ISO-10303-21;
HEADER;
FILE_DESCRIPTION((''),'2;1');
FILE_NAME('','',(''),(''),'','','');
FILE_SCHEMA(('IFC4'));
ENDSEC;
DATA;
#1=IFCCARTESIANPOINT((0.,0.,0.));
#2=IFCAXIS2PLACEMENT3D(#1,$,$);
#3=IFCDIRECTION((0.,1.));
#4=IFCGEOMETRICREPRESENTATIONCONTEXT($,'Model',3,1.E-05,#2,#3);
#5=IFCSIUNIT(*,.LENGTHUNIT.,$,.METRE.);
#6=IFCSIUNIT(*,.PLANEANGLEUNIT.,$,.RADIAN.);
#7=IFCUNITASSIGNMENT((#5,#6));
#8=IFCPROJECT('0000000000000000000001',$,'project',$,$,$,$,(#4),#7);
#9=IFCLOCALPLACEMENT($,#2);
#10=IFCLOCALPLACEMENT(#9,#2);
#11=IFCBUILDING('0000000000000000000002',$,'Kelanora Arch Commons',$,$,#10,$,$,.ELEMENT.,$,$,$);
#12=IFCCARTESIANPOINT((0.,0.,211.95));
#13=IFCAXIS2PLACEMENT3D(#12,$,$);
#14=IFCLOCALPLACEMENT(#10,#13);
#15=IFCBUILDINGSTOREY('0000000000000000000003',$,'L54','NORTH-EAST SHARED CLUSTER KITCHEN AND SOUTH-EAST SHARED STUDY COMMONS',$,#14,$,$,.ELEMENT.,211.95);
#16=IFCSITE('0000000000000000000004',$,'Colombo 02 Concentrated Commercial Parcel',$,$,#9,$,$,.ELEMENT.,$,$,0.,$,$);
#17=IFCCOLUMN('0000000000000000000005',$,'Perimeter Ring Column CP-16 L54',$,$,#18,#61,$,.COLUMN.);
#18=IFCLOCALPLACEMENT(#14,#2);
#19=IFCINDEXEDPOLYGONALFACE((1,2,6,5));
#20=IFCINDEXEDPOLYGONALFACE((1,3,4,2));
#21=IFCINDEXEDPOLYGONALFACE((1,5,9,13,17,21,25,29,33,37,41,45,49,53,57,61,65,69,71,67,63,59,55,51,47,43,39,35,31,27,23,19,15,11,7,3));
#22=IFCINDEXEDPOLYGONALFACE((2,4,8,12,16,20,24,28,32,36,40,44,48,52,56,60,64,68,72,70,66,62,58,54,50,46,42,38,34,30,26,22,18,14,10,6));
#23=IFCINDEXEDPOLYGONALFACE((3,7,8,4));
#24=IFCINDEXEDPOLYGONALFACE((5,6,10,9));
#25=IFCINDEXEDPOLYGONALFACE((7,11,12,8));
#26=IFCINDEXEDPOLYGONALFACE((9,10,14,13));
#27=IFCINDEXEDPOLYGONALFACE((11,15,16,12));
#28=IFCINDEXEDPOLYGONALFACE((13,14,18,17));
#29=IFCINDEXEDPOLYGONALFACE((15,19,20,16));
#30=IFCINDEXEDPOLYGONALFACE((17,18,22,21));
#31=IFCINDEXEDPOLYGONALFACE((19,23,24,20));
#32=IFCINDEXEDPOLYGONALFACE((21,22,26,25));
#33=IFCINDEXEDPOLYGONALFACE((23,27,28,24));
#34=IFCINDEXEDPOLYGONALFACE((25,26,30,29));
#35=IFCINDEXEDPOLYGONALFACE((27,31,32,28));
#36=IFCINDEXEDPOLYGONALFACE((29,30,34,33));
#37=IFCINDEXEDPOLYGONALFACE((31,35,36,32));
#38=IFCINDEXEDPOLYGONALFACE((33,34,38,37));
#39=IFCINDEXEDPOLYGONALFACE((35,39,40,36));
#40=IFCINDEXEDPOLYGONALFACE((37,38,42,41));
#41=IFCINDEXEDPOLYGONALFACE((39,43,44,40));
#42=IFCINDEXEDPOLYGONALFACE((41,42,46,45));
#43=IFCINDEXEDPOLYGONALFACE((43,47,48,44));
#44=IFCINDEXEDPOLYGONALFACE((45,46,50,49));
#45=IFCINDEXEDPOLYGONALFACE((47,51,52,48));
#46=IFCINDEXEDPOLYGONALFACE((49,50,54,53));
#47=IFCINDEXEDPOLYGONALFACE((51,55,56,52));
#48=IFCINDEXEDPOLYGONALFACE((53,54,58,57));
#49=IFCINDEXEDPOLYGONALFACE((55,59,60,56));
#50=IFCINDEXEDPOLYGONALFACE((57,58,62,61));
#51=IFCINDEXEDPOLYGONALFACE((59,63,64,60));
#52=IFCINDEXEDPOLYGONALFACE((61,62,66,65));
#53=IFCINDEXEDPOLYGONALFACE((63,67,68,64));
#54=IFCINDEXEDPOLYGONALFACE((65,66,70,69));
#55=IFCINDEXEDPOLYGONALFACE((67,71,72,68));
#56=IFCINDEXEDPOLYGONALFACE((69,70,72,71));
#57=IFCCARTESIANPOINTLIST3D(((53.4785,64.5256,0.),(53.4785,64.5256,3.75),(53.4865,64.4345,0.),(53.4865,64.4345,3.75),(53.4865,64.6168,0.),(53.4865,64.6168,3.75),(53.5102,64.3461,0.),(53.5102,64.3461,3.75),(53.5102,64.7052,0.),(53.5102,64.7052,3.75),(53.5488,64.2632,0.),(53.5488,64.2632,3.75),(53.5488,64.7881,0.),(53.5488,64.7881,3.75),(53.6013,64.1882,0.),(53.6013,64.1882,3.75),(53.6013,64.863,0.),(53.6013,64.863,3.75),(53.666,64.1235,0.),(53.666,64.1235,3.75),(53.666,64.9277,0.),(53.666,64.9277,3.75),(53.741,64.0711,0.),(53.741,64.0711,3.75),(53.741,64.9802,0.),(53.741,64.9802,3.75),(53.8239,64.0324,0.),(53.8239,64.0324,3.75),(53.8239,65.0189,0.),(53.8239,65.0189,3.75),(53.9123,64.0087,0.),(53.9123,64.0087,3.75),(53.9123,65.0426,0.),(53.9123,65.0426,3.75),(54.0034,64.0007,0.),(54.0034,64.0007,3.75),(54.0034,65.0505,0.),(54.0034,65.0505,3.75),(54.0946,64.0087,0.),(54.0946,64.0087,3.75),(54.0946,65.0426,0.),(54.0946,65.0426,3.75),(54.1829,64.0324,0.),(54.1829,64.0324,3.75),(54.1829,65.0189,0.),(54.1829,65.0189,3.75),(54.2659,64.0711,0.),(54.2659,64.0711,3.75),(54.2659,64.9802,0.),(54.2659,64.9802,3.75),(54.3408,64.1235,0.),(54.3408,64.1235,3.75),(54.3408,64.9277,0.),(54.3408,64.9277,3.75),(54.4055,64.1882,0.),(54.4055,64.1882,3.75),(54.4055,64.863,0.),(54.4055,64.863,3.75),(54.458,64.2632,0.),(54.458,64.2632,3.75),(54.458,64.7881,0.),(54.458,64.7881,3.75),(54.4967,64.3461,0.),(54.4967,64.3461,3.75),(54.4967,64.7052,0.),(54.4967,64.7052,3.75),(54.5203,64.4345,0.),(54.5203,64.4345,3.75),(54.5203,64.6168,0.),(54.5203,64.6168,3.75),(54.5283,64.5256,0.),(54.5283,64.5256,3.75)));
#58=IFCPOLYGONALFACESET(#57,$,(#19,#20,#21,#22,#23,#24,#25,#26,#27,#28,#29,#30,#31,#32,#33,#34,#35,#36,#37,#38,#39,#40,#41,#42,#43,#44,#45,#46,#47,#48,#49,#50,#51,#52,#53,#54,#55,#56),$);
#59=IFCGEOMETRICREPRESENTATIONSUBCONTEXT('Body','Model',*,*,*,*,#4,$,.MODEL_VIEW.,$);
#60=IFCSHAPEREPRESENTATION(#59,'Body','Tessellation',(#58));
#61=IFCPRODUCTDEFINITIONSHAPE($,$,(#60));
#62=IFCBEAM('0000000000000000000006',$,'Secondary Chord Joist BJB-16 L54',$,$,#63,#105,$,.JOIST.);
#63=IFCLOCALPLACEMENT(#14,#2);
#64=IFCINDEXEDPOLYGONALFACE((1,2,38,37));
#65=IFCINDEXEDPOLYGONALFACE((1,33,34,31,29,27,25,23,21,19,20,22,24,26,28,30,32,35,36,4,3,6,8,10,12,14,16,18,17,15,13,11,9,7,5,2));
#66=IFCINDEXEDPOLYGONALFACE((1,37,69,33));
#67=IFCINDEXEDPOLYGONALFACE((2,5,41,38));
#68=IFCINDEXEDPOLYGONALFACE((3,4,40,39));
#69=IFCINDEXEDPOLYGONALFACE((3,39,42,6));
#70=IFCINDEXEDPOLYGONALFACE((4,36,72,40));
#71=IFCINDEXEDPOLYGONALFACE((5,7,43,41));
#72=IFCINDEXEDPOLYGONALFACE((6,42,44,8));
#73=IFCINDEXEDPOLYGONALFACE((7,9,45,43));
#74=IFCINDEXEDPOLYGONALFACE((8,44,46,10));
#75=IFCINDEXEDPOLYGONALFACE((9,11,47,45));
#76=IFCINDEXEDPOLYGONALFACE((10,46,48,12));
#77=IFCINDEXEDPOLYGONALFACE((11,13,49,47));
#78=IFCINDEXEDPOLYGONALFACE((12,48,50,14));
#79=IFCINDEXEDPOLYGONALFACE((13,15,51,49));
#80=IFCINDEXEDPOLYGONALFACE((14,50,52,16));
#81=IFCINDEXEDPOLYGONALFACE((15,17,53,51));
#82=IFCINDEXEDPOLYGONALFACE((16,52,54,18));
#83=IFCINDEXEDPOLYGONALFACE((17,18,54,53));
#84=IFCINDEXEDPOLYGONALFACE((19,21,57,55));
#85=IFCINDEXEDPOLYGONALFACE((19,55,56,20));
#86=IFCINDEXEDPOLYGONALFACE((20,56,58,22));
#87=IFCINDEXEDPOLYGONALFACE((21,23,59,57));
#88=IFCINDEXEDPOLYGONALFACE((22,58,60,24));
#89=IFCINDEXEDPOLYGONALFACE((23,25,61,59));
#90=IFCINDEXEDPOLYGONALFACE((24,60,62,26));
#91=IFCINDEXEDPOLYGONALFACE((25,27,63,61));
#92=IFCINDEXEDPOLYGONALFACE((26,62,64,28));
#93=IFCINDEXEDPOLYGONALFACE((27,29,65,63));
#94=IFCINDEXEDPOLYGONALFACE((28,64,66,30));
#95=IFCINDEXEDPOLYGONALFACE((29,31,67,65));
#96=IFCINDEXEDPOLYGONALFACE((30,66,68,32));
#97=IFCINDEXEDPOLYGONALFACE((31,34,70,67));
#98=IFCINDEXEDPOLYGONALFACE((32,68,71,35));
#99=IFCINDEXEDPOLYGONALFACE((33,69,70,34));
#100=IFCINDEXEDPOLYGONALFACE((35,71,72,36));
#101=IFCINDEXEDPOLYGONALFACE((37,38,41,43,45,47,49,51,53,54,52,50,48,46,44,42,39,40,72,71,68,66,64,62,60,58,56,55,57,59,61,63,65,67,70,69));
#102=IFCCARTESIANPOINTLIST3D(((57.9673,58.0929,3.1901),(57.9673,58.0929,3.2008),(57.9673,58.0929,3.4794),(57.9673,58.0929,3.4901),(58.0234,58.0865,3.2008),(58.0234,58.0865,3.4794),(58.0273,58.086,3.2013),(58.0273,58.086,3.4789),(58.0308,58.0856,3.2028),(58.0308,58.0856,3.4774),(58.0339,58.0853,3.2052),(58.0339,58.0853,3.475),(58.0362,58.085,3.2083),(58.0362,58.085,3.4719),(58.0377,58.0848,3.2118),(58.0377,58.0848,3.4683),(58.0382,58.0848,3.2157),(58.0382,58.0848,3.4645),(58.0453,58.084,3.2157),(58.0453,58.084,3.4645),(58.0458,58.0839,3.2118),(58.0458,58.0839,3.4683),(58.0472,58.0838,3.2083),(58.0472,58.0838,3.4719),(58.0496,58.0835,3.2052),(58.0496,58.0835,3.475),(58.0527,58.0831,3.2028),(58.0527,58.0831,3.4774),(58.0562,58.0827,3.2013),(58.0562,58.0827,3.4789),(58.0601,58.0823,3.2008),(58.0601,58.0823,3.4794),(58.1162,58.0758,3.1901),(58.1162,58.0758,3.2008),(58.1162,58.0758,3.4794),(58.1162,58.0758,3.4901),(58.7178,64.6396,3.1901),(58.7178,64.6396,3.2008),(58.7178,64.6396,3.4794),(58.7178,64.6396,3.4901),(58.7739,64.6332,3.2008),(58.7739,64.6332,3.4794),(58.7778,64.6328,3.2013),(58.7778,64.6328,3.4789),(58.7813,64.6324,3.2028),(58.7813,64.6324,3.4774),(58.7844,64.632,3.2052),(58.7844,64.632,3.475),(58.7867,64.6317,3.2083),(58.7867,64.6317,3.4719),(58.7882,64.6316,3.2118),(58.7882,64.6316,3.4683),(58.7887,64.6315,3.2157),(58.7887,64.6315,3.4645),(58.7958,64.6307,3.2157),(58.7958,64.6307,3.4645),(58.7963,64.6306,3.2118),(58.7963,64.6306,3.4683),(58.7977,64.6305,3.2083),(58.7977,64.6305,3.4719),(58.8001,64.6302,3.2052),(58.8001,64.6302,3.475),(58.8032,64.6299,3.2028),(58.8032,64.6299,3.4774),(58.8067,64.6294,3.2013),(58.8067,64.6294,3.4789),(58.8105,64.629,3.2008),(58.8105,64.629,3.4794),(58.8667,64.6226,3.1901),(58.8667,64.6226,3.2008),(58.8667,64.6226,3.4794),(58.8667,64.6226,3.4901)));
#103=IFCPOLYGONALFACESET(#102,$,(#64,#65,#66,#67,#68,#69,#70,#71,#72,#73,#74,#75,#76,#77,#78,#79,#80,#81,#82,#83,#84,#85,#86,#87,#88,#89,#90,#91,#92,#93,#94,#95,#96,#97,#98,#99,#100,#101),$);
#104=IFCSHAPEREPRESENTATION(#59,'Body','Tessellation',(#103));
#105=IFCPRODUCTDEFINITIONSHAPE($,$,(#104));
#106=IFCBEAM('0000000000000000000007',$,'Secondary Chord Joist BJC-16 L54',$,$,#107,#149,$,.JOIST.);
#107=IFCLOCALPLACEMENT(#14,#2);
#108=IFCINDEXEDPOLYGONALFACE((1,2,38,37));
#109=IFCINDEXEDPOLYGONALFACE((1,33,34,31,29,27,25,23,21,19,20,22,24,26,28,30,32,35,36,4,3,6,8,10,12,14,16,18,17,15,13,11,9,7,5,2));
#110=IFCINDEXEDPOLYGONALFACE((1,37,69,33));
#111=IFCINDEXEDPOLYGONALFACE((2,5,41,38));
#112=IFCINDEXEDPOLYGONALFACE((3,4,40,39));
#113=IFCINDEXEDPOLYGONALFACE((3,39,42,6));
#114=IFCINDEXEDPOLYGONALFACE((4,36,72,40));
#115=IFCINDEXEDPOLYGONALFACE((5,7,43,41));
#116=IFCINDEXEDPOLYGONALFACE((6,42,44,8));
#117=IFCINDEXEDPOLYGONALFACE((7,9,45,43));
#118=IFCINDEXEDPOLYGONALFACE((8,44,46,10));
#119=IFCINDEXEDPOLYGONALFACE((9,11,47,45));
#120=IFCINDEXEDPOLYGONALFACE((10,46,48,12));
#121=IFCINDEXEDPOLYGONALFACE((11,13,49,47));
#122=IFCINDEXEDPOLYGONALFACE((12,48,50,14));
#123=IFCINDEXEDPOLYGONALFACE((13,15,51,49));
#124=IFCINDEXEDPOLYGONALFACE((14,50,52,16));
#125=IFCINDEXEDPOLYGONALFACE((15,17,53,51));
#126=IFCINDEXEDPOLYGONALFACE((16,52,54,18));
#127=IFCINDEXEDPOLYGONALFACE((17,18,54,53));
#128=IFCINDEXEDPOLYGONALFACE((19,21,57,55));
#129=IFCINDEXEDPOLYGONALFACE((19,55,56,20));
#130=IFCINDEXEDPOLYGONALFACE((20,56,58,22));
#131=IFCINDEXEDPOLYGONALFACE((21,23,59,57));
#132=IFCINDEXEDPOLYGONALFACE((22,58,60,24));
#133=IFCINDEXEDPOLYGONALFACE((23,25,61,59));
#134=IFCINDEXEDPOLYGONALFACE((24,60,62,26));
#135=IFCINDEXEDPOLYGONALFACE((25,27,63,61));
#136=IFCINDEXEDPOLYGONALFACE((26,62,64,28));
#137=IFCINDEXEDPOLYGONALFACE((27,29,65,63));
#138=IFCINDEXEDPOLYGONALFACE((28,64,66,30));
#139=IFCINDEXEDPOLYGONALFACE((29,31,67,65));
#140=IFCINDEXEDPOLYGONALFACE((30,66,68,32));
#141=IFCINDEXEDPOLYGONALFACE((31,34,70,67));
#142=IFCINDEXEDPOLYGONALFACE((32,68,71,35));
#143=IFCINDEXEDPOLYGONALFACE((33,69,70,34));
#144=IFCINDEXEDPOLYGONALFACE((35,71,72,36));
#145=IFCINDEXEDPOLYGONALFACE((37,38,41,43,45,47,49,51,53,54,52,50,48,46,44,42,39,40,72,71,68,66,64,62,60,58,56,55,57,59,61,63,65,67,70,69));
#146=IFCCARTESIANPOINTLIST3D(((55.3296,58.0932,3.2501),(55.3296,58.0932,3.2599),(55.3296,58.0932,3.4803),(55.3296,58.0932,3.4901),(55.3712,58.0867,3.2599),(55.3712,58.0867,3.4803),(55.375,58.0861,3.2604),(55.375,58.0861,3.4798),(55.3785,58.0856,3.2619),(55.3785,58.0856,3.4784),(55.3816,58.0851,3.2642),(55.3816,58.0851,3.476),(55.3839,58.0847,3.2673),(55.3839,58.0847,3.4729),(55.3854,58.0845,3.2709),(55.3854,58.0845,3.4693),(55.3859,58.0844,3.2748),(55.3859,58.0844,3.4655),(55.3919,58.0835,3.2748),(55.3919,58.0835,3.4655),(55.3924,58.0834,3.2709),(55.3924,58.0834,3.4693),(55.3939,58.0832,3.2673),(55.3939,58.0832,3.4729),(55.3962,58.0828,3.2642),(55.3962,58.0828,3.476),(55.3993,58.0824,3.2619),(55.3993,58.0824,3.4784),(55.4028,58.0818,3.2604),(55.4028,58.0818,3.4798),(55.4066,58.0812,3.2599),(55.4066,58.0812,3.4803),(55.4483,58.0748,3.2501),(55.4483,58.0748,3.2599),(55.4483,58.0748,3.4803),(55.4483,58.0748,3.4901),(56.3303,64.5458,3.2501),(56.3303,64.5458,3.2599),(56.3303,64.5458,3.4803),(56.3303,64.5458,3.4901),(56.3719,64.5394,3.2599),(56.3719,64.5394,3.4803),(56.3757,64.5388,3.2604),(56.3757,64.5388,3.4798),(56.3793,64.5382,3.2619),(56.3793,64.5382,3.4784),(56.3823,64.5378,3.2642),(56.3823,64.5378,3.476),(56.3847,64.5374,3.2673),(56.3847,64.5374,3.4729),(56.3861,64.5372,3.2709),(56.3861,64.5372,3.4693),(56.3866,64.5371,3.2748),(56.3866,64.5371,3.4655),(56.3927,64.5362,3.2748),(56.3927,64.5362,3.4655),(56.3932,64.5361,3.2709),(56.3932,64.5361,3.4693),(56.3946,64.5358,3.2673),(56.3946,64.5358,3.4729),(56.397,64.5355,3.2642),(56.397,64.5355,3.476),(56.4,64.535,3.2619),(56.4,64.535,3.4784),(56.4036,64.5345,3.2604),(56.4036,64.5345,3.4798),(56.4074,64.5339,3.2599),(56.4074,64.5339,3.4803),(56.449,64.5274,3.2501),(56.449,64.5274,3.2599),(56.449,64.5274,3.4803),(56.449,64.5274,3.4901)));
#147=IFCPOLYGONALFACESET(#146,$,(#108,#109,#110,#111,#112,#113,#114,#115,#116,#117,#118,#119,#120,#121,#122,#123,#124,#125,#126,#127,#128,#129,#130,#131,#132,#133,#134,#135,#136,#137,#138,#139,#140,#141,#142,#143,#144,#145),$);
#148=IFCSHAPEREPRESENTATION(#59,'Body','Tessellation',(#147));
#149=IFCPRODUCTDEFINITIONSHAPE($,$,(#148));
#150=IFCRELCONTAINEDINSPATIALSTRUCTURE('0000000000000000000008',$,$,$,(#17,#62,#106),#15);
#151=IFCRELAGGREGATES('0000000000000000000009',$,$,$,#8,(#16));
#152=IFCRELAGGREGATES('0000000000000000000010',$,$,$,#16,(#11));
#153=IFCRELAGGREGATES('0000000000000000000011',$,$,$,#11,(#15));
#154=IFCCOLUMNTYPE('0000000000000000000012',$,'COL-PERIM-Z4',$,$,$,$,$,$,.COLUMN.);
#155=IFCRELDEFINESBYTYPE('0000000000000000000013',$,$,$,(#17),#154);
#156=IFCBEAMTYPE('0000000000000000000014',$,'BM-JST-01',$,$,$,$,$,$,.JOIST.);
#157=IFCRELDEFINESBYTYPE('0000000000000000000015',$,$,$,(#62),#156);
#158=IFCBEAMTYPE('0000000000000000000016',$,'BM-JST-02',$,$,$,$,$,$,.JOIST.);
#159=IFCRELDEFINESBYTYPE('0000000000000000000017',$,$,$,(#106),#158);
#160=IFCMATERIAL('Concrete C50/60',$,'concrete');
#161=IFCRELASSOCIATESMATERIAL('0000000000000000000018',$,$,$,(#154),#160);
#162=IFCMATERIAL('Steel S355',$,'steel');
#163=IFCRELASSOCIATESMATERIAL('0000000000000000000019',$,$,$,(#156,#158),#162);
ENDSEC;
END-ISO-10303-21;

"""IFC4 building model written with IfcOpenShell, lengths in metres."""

from ifc_helpers import new_model, si_unit, direction, frame, origin, origin_2d, place, context, subcontext, project, spatial, circle, i_section, extrude, material, material_profile, profile_set, type_object, element, save


model = new_model("IFC4")

# Units and contexts
model_context = context("Model", 3, precision=1e-05, world=origin(), true_north=direction((0.0, 1.0)))
body_context = subcontext(model_context, "Body", "Model", "MODEL_VIEW")
ifc_project = project(units=[si_unit("LENGTHUNIT", "METRE"), si_unit("PLANEANGLEUNIT", "RADIAN")], contexts=[model_context])

# Site, building, storey
site_placement = place(None, origin())
site = spatial("IfcSite", under=ifc_project, at=site_placement, Name="Colombo 02 Concentrated Commercial Parcel", CompositionType="ELEMENT", RefElevation=0.0)
building_placement = place(site_placement, origin())
building = spatial("IfcBuilding", under=site, at=building_placement, Name="Kelanora Arch Commons", CompositionType="ELEMENT")
storey_placement = place(building_placement, frame((0.0, 0.0, 211.95)))
storey = spatial("IfcBuildingStorey", under=building, at=storey_placement, Name="L54", Description="NORTH-EAST SHARED CLUSTER KITCHEN AND SOUTH-EAST SHARED STUDY COMMONS", CompositionType="ELEMENT", Elevation=211.95)

# Column
ifc_material_1 = material(Name="Concrete C50/60", Category="concrete")
ifc_material_profile_1 = material_profile(ifc_material_1, circle(Radius=0.5249, at=origin_2d()), Name="RCC1050")
ifc_profile_set_1 = profile_set([ifc_material_profile_1], Name="Concrete C50/60")
column_type = type_object("IfcColumnType", Name="COL-PERIM-Z4", PredefinedType="COLUMN", material=ifc_profile_set_1)
column_placement = place(storey_placement, frame((54.0034, 64.5256, 0.0), z_axis=(0.0, 0.0, 1.0), x_axis=(1.0, 0.0, 0.0)))
element("IfcColumn", 1, at=column_placement, inside=storey, type_object=column_type, Name="Perimeter Ring Column CP-16 L54", PredefinedType="COLUMN", context=body_context, shape_type="SweptSolid", body=[
    extrude(circle(Radius=0.5249, at=origin_2d()), origin(), (0.0, 0.0, 1.0), 3.75),
])

# Beams
ifc_material_2 = material(Name="Steel S355", Category="steel")
ifc_material_profile_2 = material_profile(ifc_material_2, i_section(OverallWidth=0.1499, OverallDepth=0.3, WebThickness=0.0071, FlangeThickness=0.0107, FilletRadius=0.0149, at=origin_2d()), Name="IPE300")
ifc_profile_set_2 = profile_set([ifc_material_profile_2], Name="Steel S355")
beam_type_1 = type_object("IfcBeamType", Name="BM-JST-01", PredefinedType="JOIST", material=ifc_profile_set_2)
beam_1_placement = place(storey_placement, frame((58.7922, 64.6311, 3.3401), z_axis=(-0.113891, -0.993493, 0.0), x_axis=(0.993493, -0.113891, 0.0)))
element("IfcBeam", 2, at=beam_1_placement, inside=storey, type_object=beam_type_1, Name="Secondary Chord Joist BJB-16 L54", PredefinedType="JOIST", context=body_context, shape_type="SweptSolid", body=[
    extrude(i_section(OverallWidth=0.1499, OverallDepth=0.3, WebThickness=0.0071, FlangeThickness=0.0107, FilletRadius=0.0149, at=origin_2d()), origin(), (0.0, 0.0, 1.0), 6.5896),
])
ifc_material_profile_3 = material_profile(ifc_material_2, i_section(OverallWidth=0.1201, OverallDepth=0.24, WebThickness=0.0061, FlangeThickness=0.0098, FilletRadius=0.0149, at=origin_2d()), Name="IPE240")
ifc_profile_set_3 = profile_set([ifc_material_profile_3], Name="Steel S355")
beam_type_2 = type_object("IfcBeamType", Name="BM-JST-02", PredefinedType="JOIST", material=ifc_profile_set_3)
beam_2_placement = place(storey_placement, frame((56.3896, 64.5366, 3.3701), z_axis=(-0.153257, -0.988186, 0.0), x_axis=(0.988186, -0.153257, 0.0)))
element("IfcBeam", 3, at=beam_2_placement, inside=storey, type_object=beam_type_2, Name="Secondary Chord Joist BJC-16 L54", PredefinedType="JOIST", context=body_context, shape_type="SweptSolid", body=[
    extrude(i_section(OverallWidth=0.1201, OverallDepth=0.24, WebThickness=0.0061, FlangeThickness=0.0098, FilletRadius=0.0149, at=origin_2d()), origin(), (0.0, 0.0, 1.0), 6.5298),
])

save(model, "model.ifc")
